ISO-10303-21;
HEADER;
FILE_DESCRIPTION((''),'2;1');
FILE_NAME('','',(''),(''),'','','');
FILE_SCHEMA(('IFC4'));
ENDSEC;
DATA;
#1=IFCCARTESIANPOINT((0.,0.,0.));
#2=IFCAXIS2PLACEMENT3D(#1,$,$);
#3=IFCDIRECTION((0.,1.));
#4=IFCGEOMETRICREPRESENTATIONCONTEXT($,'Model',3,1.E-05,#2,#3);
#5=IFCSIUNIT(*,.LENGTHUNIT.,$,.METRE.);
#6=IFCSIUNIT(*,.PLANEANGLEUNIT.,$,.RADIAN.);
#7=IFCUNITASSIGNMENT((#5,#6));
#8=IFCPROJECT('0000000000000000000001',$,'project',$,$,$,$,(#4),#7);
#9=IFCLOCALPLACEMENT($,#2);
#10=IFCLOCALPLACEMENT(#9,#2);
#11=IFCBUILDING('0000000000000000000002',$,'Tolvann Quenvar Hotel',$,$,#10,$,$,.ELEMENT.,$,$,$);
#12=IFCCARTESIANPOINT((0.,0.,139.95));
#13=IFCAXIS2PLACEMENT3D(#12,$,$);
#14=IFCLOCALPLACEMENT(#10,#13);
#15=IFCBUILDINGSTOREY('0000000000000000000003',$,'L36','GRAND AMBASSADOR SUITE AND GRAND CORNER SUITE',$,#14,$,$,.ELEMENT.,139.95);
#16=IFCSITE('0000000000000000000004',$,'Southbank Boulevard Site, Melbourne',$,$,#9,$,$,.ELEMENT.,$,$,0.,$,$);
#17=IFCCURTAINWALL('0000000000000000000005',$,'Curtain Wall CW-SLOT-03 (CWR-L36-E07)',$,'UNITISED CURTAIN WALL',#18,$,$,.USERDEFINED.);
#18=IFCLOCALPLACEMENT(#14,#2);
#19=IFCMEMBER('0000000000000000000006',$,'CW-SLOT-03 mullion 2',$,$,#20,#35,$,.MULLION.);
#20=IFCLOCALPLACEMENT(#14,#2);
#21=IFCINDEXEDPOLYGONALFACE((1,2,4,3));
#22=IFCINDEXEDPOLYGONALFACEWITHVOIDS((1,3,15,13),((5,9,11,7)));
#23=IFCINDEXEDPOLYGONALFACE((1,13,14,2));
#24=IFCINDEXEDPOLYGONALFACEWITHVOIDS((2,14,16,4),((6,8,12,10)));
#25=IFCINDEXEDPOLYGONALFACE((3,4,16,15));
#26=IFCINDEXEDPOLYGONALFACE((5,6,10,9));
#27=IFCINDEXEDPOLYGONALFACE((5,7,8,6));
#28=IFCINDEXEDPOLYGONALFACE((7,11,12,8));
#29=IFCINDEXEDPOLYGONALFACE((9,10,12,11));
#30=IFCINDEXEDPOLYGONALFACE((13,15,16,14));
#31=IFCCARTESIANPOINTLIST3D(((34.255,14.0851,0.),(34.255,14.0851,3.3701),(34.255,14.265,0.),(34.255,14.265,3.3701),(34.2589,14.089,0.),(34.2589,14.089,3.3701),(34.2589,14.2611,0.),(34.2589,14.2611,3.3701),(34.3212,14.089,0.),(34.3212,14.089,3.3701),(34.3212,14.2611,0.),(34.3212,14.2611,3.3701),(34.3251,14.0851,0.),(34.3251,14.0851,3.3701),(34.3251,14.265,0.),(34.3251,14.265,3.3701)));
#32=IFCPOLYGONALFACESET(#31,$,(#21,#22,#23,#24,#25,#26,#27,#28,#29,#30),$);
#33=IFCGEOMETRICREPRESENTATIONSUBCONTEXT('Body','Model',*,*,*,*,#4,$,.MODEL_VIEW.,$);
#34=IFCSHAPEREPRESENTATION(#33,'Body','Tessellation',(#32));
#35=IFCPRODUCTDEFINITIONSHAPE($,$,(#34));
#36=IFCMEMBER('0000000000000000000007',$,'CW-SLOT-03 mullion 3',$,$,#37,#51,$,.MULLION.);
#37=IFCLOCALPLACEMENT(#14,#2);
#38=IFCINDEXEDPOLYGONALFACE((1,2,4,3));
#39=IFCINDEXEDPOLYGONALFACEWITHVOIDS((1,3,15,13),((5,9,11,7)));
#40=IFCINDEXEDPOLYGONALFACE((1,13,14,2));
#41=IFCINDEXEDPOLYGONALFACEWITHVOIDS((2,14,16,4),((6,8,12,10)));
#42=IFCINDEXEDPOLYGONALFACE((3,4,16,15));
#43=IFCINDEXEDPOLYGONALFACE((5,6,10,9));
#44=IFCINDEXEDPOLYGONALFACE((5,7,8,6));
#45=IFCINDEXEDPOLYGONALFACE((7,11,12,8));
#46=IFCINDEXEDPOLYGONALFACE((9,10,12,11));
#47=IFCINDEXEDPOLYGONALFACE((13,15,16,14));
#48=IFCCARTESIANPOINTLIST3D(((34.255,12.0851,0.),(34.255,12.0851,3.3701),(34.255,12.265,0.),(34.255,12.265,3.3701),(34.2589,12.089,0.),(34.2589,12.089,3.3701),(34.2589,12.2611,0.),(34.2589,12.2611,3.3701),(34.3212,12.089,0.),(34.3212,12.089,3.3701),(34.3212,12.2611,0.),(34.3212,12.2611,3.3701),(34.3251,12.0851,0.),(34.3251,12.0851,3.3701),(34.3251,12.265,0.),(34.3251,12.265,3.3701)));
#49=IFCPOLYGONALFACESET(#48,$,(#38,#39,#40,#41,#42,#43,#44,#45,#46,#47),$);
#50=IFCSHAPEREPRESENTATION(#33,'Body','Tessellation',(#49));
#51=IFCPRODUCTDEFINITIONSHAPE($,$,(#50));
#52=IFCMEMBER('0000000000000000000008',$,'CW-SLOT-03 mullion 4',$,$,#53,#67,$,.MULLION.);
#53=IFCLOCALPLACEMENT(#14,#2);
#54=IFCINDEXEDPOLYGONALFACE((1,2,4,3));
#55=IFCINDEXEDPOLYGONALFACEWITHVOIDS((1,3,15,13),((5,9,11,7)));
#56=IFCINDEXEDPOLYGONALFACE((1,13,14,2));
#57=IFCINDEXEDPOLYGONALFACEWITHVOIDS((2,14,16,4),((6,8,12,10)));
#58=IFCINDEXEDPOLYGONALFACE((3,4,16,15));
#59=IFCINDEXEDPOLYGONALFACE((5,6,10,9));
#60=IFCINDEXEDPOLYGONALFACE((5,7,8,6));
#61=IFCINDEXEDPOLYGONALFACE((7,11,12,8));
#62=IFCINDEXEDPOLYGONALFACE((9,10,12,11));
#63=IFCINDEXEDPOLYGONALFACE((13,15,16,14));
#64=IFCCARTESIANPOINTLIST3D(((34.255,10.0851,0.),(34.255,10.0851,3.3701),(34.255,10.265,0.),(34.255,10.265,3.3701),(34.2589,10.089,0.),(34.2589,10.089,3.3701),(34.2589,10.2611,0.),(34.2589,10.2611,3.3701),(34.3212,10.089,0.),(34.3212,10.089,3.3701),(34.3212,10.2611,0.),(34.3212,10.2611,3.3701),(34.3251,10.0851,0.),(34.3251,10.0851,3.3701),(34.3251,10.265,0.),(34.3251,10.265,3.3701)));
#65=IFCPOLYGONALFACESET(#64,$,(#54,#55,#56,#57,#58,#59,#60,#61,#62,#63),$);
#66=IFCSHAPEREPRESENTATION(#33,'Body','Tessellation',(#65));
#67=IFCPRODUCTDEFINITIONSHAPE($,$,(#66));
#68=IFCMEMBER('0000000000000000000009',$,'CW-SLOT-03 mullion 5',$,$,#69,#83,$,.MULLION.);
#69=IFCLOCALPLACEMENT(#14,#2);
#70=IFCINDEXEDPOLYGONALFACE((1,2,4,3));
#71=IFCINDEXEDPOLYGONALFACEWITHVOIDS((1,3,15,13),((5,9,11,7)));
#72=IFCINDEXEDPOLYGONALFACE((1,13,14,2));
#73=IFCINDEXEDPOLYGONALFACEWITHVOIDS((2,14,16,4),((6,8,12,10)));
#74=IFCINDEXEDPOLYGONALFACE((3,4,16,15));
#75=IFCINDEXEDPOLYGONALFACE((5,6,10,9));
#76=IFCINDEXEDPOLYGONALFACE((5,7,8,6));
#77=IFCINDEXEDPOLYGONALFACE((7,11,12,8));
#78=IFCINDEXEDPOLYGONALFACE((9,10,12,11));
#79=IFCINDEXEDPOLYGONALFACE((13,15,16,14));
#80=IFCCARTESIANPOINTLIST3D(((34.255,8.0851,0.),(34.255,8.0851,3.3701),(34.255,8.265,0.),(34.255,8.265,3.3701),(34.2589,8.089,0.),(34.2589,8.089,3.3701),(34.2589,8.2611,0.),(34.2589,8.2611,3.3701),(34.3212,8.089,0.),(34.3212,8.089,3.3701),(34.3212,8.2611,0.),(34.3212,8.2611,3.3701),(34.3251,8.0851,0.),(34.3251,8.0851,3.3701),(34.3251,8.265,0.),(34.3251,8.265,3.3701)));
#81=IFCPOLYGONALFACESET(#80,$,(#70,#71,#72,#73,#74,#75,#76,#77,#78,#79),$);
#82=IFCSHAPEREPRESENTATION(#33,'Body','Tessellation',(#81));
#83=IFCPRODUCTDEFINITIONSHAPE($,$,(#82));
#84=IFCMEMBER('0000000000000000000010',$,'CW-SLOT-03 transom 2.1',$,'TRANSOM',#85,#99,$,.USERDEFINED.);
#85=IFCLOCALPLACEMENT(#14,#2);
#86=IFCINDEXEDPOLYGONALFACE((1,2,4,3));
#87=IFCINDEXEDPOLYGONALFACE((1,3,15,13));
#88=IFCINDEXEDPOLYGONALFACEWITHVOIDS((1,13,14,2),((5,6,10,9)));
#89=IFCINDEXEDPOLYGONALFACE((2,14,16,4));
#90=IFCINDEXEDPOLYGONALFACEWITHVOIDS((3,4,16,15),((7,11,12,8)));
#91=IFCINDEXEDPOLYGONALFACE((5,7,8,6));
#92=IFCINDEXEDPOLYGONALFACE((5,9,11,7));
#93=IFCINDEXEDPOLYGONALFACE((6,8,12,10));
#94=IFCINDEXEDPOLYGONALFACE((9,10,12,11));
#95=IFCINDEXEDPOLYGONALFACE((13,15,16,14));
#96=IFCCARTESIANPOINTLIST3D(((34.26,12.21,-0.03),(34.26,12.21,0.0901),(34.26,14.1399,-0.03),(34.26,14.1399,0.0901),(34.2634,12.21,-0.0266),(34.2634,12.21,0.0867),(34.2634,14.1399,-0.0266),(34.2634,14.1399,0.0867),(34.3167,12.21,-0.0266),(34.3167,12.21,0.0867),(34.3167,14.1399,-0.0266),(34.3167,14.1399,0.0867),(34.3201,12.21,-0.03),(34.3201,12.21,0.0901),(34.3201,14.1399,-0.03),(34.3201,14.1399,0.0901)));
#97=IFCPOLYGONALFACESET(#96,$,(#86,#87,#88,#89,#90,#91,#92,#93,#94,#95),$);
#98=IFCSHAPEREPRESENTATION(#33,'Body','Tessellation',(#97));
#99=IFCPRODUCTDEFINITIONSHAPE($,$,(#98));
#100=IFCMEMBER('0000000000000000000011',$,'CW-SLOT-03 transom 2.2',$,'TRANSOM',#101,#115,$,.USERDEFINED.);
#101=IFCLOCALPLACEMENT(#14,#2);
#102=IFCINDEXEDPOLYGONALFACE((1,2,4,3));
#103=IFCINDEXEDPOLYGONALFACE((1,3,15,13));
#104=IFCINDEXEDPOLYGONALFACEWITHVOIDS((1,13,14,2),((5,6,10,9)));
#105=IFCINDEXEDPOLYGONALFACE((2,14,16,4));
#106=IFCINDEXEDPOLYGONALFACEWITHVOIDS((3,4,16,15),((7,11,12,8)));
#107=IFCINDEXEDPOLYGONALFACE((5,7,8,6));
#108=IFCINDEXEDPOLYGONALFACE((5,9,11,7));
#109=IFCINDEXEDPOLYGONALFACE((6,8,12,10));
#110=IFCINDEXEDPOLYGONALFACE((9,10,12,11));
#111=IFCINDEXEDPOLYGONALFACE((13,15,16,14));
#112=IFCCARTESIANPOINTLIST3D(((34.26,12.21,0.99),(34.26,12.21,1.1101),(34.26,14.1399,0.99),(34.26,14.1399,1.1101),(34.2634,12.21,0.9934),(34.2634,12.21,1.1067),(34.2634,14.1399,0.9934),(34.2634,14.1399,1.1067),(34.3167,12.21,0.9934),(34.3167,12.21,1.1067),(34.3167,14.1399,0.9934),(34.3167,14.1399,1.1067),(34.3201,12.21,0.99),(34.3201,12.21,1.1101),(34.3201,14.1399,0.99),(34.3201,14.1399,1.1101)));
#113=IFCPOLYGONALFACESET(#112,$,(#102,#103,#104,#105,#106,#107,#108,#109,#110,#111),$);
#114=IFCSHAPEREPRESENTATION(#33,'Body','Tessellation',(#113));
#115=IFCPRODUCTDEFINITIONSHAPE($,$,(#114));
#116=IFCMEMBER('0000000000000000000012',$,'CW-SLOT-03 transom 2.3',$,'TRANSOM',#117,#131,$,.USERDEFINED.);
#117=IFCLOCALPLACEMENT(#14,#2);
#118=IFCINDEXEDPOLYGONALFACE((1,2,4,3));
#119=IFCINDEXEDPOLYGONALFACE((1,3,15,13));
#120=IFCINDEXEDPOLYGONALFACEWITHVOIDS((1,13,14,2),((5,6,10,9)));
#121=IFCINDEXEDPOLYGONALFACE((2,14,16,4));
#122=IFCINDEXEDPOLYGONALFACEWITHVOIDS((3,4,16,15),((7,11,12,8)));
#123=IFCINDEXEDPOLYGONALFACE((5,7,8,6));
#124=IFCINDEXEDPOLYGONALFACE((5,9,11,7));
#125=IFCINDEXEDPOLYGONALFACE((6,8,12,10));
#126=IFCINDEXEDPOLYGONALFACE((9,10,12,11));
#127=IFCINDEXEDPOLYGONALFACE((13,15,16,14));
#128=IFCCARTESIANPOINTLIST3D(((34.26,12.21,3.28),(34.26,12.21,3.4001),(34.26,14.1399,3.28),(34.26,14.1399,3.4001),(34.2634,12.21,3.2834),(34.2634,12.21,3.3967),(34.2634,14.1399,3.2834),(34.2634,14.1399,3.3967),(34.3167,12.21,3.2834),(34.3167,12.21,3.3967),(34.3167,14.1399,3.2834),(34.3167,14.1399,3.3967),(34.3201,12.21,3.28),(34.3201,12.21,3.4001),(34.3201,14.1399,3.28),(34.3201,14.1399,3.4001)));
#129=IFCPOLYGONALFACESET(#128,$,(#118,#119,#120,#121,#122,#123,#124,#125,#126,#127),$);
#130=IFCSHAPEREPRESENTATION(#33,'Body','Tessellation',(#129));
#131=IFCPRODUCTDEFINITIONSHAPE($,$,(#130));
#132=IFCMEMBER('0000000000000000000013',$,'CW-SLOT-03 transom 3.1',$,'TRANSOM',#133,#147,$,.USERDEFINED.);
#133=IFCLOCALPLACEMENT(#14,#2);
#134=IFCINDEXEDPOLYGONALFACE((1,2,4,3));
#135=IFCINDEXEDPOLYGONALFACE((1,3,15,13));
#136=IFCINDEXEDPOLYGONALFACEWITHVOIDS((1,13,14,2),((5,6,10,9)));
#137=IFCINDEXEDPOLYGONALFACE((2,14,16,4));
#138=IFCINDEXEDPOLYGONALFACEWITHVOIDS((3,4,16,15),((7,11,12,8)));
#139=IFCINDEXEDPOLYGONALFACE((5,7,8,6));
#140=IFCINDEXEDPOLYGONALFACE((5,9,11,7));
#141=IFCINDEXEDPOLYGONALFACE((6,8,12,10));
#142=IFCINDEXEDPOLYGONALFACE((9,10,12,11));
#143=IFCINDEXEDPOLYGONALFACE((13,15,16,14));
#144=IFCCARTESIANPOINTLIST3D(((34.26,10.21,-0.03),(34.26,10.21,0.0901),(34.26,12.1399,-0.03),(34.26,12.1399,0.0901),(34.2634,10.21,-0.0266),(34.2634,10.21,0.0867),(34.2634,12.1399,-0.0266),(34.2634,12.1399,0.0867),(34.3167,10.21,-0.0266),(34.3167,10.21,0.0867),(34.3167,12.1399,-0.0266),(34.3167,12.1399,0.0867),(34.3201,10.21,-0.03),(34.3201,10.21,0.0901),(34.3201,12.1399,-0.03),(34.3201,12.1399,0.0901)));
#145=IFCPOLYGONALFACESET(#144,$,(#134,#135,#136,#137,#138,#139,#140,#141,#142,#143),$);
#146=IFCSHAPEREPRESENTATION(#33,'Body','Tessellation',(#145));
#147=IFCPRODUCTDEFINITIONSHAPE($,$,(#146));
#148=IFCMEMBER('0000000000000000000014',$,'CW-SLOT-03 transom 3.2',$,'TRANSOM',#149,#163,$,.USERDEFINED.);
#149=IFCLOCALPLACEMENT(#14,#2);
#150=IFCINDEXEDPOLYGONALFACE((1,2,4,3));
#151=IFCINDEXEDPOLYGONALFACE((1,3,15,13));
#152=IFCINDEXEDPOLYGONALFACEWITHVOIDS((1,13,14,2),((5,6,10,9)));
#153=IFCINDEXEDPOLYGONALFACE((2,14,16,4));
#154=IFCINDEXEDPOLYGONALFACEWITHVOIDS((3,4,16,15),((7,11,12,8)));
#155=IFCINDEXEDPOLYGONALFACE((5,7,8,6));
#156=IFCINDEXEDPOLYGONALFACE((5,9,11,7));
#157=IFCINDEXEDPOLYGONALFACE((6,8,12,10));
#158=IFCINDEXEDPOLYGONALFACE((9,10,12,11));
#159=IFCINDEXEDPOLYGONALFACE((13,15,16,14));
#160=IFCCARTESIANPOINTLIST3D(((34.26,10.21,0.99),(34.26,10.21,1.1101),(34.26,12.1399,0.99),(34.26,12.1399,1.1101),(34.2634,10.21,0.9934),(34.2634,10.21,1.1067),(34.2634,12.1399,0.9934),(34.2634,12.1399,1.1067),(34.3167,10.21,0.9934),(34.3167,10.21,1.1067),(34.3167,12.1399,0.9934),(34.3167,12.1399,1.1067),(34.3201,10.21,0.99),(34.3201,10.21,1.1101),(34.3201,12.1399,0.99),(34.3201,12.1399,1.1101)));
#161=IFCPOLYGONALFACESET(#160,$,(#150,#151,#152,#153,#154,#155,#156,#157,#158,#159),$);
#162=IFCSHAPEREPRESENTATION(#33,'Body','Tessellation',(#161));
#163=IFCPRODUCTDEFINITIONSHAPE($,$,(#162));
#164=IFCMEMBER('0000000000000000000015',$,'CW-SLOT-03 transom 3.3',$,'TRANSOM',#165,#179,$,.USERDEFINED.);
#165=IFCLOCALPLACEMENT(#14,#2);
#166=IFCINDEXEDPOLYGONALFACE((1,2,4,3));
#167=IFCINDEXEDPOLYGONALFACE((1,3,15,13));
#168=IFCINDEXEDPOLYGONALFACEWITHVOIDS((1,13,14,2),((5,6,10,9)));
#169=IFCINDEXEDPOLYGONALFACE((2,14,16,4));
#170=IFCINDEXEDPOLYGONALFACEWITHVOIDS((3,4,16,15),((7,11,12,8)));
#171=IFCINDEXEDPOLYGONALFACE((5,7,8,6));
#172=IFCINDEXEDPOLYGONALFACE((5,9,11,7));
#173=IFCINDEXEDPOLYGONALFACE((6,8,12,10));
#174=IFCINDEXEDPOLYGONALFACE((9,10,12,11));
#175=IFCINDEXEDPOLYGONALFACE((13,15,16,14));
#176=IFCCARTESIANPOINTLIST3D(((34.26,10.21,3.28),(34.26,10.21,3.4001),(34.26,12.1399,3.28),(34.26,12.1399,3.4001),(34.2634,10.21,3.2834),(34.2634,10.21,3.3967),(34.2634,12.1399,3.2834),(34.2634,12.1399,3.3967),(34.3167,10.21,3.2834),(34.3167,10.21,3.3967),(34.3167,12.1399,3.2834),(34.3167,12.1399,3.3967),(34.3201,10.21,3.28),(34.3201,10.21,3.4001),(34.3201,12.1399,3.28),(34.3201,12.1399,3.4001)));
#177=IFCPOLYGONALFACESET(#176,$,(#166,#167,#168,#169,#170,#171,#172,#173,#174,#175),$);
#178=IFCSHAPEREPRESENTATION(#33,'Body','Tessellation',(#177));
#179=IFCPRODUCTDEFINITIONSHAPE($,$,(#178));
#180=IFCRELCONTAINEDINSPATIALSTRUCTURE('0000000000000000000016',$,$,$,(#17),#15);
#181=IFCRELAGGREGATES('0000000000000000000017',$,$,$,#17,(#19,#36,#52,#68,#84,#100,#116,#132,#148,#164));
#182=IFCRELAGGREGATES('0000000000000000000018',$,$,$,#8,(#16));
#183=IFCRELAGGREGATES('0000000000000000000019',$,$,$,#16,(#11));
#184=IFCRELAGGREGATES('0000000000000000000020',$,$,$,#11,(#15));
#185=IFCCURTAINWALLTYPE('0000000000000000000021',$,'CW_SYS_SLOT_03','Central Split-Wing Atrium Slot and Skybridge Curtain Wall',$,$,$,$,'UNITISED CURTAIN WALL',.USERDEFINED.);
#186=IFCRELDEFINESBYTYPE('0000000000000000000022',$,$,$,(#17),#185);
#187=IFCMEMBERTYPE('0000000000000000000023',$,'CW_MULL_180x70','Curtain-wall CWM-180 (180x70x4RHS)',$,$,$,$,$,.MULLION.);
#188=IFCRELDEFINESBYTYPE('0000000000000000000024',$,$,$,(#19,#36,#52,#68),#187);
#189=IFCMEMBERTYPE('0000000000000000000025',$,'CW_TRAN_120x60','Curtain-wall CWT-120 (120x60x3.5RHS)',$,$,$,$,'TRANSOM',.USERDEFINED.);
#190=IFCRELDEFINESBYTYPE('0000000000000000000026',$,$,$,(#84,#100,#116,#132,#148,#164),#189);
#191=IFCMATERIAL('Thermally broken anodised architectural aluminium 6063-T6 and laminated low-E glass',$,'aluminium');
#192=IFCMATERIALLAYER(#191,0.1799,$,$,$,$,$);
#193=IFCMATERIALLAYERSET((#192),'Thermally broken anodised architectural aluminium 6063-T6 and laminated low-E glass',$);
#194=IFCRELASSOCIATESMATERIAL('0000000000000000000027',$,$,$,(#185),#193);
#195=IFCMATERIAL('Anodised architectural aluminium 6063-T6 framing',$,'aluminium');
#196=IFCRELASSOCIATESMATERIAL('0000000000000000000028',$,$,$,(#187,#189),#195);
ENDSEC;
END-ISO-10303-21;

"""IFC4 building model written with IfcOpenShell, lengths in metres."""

from ifc_helpers import new_model, si_unit, direction, frame, origin, origin_2d, place, context, subcontext, project, spatial, hollow_rectangle, extrude, source, transform, mapped, material, layer, layer_set, material_profile, profile_set, type_object, type_shapes, element, aggregate, save


model = new_model("IFC4")

# Units and contexts
model_context = context("Model", 3, precision=1e-05, world=origin(), true_north=direction((0.0, 1.0)))
body_context = subcontext(model_context, "Body", "Model", "MODEL_VIEW")
ifc_project = project(units=[si_unit("LENGTHUNIT", "METRE"), si_unit("PLANEANGLEUNIT", "RADIAN")], contexts=[model_context])

# Site, building, storey
site_placement = place(None, origin())
site = spatial("IfcSite", under=ifc_project, at=site_placement, Name="Southbank Boulevard Site, Melbourne", CompositionType="ELEMENT", RefElevation=0.0)
building_placement = place(site_placement, origin())
building = spatial("IfcBuilding", under=site, at=building_placement, Name="Tolvann Quenvar Hotel", CompositionType="ELEMENT")
storey_placement = place(building_placement, frame((0.0, 0.0, 139.95)))
storey = spatial("IfcBuildingStorey", under=building, at=storey_placement, Name="L36", Description="GRAND AMBASSADOR SUITE AND GRAND CORNER SUITE", CompositionType="ELEMENT", Elevation=139.95)

# Curtain wall, members
ifc_material_1 = material(Name="Thermally broken anodised architectural aluminium 6063-T6 and laminated low-E glass", Category="aluminium")
ifc_layer_1 = layer(ifc_material_1, 0.1799)
ifc_layer_set_1 = layer_set([ifc_layer_1], Name="Thermally broken anodised architectural aluminium 6063-T6 and laminated low-E glass")
curtain_wall_type = type_object("IfcCurtainWallType", Name="CW_SYS_SLOT_03", Description="Central Split-Wing Atrium Slot and Skybridge Curtain Wall", ElementType="UNITISED CURTAIN WALL", PredefinedType="USERDEFINED", material=ifc_layer_set_1)
curtain_wall_1_placement = place(storey_placement, origin())
curtain_wall_1 = element("IfcCurtainWall", 1, at=curtain_wall_1_placement, inside=storey, type_object=curtain_wall_type, Name="Curtain Wall CW-SLOT-03 (CWR-L36-E07)", ObjectType="UNITISED CURTAIN WALL", PredefinedType="USERDEFINED")
ifc_material_2 = material(Name="Anodised architectural aluminium 6063-T6 framing", Category="aluminium")
ifc_material_profile_1 = material_profile(ifc_material_2, hollow_rectangle(XDim=0.0701, YDim=0.1799, WallThickness=0.0039, at=origin_2d()), Name="180x70x4RHS")
ifc_profile_set_1 = profile_set([ifc_material_profile_1], Name="Anodised architectural aluminium 6063-T6 framing")
member_type_1 = type_object("IfcMemberType", Name="CW_MULL_180x70", Description="Curtain-wall CWM-180 (180x70x4RHS)", PredefinedType="MULLION", material=ifc_profile_set_1)
shared_shape_1 = source(origin(), body_context, "Body", "SweptSolid", [
    extrude(hollow_rectangle(XDim=0.0701, YDim=0.1799, WallThickness=0.0039, at=origin_2d()), origin(), (0.0, 0.0, 1.0), 3.3701),
])
type_shapes(member_type_1, [shared_shape_1])
member_1_placement = place(storey_placement, frame((34.29, 14.175, 0.0), z_axis=(0.0, 0.0, 1.0), x_axis=(1.0, 0.0, 0.0)))
member_1 = element("IfcMember", 2, at=member_1_placement, type_object=member_type_1, Name="CW-SLOT-03 mullion 2", PredefinedType="MULLION", context=body_context, shape_type="MappedRepresentation", body=[
    mapped(shared_shape_1, transform((0.0, 0.0, 0.0), x_axis=(1.0, 0.0, 0.0), y_axis=(0.0, 1.0, 0.0), z_axis=(0.0, 0.0, 1.0), scale=1.0)),
])
member_2_placement = place(storey_placement, frame((34.29, 12.175, 0.0), z_axis=(0.0, 0.0, 1.0), x_axis=(1.0, 0.0, 0.0)))
member_2 = element("IfcMember", 3, at=member_2_placement, type_object=member_type_1, Name="CW-SLOT-03 mullion 3", PredefinedType="MULLION", context=body_context, shape_type="MappedRepresentation", body=[
    mapped(shared_shape_1, transform((0.0, 0.0, 0.0), x_axis=(1.0, 0.0, 0.0), y_axis=(0.0, 1.0, 0.0), z_axis=(0.0, 0.0, 1.0), scale=1.0)),
])
member_3_placement = place(storey_placement, frame((34.29, 10.175, 0.0), z_axis=(0.0, 0.0, 1.0), x_axis=(1.0, 0.0, 0.0)))
member_3 = element("IfcMember", 4, at=member_3_placement, type_object=member_type_1, Name="CW-SLOT-03 mullion 4", PredefinedType="MULLION", context=body_context, shape_type="MappedRepresentation", body=[
    mapped(shared_shape_1, transform((0.0, 0.0, 0.0), x_axis=(1.0, 0.0, 0.0), y_axis=(0.0, 1.0, 0.0), z_axis=(0.0, 0.0, 1.0), scale=1.0)),
])
member_4_placement = place(storey_placement, frame((34.29, 8.175, 0.0), z_axis=(0.0, 0.0, 1.0), x_axis=(1.0, 0.0, 0.0)))
member_4 = element("IfcMember", 5, at=member_4_placement, type_object=member_type_1, Name="CW-SLOT-03 mullion 5", PredefinedType="MULLION", context=body_context, shape_type="MappedRepresentation", body=[
    mapped(shared_shape_1, transform((0.0, 0.0, 0.0), x_axis=(1.0, 0.0, 0.0), y_axis=(0.0, 1.0, 0.0), z_axis=(0.0, 0.0, 1.0), scale=1.0)),
])
ifc_material_profile_2 = material_profile(ifc_material_2, hollow_rectangle(XDim=0.0601, YDim=0.1201, WallThickness=0.0034, at=origin_2d()), Name="120x60x3.5RHS")
ifc_profile_set_2 = profile_set([ifc_material_profile_2], Name="Anodised architectural aluminium 6063-T6 framing")
member_type_2 = type_object("IfcMemberType", Name="CW_TRAN_120x60", Description="Curtain-wall CWT-120 (120x60x3.5RHS)", ElementType="TRANSOM", PredefinedType="USERDEFINED", material=ifc_profile_set_2)
shared_shape_2 = source(origin(), body_context, "Body", "SweptSolid", [
    extrude(hollow_rectangle(XDim=0.0601, YDim=0.1201, WallThickness=0.0034, at=origin_2d()), origin(), (0.0, 0.0, 1.0), 1.9299),
])
member_5_placement = place(storey_placement, frame((34.29, 14.1399, 0.03), z_axis=(0.0, -1.0, 0.0), x_axis=(1.0, 0.0, 0.0)))
member_5 = element("IfcMember", 6, at=member_5_placement, type_object=member_type_2, Name="CW-SLOT-03 transom 2.1", ObjectType="TRANSOM", PredefinedType="USERDEFINED", context=body_context, shape_type="MappedRepresentation", body=[
    mapped(shared_shape_2, transform((0.0, 0.0, 0.0), x_axis=(1.0, 0.0, 0.0), y_axis=(0.0, 1.0, 0.0), z_axis=(0.0, 0.0, 1.0), scale=1.0)),
])
member_6_placement = place(storey_placement, frame((34.29, 14.1399, 1.05), z_axis=(0.0, -1.0, 0.0), x_axis=(1.0, 0.0, 0.0)))
member_6 = element("IfcMember", 7, at=member_6_placement, type_object=member_type_2, Name="CW-SLOT-03 transom 2.2", ObjectType="TRANSOM", PredefinedType="USERDEFINED", context=body_context, shape_type="MappedRepresentation", body=[
    mapped(shared_shape_2, transform((0.0, 0.0, 0.0), x_axis=(1.0, 0.0, 0.0), y_axis=(0.0, 1.0, 0.0), z_axis=(0.0, 0.0, 1.0), scale=1.0)),
])
member_7_placement = place(storey_placement, frame((34.29, 14.1399, 3.3401), z_axis=(0.0, -1.0, 0.0), x_axis=(1.0, 0.0, 0.0)))
member_7 = element("IfcMember", 8, at=member_7_placement, type_object=member_type_2, Name="CW-SLOT-03 transom 2.3", ObjectType="TRANSOM", PredefinedType="USERDEFINED", context=body_context, shape_type="MappedRepresentation", body=[
    mapped(shared_shape_2, transform((0.0, 0.0, 0.0), x_axis=(1.0, 0.0, 0.0), y_axis=(0.0, 1.0, 0.0), z_axis=(0.0, 0.0, 1.0), scale=1.0)),
])
member_8_placement = place(storey_placement, frame((34.29, 12.1399, 0.03), z_axis=(0.0, -1.0, 0.0), x_axis=(1.0, 0.0, 0.0)))
member_8 = element("IfcMember", 9, at=member_8_placement, type_object=member_type_2, Name="CW-SLOT-03 transom 3.1", ObjectType="TRANSOM", PredefinedType="USERDEFINED", context=body_context, shape_type="MappedRepresentation", body=[
    mapped(shared_shape_2, transform((0.0, 0.0, 0.0), x_axis=(1.0, 0.0, 0.0), y_axis=(0.0, 1.0, 0.0), z_axis=(0.0, 0.0, 1.0), scale=1.0)),
])
member_9_placement = place(storey_placement, frame((34.29, 12.1399, 1.05), z_axis=(0.0, -1.0, 0.0), x_axis=(1.0, 0.0, 0.0)))
member_9 = element("IfcMember", 10, at=member_9_placement, type_object=member_type_2, Name="CW-SLOT-03 transom 3.2", ObjectType="TRANSOM", PredefinedType="USERDEFINED", context=body_context, shape_type="MappedRepresentation", body=[
    mapped(shared_shape_2, transform((0.0, 0.0, 0.0), x_axis=(1.0, 0.0, 0.0), y_axis=(0.0, 1.0, 0.0), z_axis=(0.0, 0.0, 1.0), scale=1.0)),
])
member_10_placement = place(storey_placement, frame((34.29, 12.1399, 3.3401), z_axis=(0.0, -1.0, 0.0), x_axis=(1.0, 0.0, 0.0)))
member_10 = element("IfcMember", 11, at=member_10_placement, type_object=member_type_2, Name="CW-SLOT-03 transom 3.3", ObjectType="TRANSOM", PredefinedType="USERDEFINED", context=body_context, shape_type="MappedRepresentation", body=[
    mapped(shared_shape_2, transform((0.0, 0.0, 0.0), x_axis=(1.0, 0.0, 0.0), y_axis=(0.0, 1.0, 0.0), z_axis=(0.0, 0.0, 1.0), scale=1.0)),
])

aggregate(curtain_wall_1, [member_1, member_2, member_3, member_4, member_5, member_6, member_7, member_8, member_9, member_10])

save(model, "model.ifc")
